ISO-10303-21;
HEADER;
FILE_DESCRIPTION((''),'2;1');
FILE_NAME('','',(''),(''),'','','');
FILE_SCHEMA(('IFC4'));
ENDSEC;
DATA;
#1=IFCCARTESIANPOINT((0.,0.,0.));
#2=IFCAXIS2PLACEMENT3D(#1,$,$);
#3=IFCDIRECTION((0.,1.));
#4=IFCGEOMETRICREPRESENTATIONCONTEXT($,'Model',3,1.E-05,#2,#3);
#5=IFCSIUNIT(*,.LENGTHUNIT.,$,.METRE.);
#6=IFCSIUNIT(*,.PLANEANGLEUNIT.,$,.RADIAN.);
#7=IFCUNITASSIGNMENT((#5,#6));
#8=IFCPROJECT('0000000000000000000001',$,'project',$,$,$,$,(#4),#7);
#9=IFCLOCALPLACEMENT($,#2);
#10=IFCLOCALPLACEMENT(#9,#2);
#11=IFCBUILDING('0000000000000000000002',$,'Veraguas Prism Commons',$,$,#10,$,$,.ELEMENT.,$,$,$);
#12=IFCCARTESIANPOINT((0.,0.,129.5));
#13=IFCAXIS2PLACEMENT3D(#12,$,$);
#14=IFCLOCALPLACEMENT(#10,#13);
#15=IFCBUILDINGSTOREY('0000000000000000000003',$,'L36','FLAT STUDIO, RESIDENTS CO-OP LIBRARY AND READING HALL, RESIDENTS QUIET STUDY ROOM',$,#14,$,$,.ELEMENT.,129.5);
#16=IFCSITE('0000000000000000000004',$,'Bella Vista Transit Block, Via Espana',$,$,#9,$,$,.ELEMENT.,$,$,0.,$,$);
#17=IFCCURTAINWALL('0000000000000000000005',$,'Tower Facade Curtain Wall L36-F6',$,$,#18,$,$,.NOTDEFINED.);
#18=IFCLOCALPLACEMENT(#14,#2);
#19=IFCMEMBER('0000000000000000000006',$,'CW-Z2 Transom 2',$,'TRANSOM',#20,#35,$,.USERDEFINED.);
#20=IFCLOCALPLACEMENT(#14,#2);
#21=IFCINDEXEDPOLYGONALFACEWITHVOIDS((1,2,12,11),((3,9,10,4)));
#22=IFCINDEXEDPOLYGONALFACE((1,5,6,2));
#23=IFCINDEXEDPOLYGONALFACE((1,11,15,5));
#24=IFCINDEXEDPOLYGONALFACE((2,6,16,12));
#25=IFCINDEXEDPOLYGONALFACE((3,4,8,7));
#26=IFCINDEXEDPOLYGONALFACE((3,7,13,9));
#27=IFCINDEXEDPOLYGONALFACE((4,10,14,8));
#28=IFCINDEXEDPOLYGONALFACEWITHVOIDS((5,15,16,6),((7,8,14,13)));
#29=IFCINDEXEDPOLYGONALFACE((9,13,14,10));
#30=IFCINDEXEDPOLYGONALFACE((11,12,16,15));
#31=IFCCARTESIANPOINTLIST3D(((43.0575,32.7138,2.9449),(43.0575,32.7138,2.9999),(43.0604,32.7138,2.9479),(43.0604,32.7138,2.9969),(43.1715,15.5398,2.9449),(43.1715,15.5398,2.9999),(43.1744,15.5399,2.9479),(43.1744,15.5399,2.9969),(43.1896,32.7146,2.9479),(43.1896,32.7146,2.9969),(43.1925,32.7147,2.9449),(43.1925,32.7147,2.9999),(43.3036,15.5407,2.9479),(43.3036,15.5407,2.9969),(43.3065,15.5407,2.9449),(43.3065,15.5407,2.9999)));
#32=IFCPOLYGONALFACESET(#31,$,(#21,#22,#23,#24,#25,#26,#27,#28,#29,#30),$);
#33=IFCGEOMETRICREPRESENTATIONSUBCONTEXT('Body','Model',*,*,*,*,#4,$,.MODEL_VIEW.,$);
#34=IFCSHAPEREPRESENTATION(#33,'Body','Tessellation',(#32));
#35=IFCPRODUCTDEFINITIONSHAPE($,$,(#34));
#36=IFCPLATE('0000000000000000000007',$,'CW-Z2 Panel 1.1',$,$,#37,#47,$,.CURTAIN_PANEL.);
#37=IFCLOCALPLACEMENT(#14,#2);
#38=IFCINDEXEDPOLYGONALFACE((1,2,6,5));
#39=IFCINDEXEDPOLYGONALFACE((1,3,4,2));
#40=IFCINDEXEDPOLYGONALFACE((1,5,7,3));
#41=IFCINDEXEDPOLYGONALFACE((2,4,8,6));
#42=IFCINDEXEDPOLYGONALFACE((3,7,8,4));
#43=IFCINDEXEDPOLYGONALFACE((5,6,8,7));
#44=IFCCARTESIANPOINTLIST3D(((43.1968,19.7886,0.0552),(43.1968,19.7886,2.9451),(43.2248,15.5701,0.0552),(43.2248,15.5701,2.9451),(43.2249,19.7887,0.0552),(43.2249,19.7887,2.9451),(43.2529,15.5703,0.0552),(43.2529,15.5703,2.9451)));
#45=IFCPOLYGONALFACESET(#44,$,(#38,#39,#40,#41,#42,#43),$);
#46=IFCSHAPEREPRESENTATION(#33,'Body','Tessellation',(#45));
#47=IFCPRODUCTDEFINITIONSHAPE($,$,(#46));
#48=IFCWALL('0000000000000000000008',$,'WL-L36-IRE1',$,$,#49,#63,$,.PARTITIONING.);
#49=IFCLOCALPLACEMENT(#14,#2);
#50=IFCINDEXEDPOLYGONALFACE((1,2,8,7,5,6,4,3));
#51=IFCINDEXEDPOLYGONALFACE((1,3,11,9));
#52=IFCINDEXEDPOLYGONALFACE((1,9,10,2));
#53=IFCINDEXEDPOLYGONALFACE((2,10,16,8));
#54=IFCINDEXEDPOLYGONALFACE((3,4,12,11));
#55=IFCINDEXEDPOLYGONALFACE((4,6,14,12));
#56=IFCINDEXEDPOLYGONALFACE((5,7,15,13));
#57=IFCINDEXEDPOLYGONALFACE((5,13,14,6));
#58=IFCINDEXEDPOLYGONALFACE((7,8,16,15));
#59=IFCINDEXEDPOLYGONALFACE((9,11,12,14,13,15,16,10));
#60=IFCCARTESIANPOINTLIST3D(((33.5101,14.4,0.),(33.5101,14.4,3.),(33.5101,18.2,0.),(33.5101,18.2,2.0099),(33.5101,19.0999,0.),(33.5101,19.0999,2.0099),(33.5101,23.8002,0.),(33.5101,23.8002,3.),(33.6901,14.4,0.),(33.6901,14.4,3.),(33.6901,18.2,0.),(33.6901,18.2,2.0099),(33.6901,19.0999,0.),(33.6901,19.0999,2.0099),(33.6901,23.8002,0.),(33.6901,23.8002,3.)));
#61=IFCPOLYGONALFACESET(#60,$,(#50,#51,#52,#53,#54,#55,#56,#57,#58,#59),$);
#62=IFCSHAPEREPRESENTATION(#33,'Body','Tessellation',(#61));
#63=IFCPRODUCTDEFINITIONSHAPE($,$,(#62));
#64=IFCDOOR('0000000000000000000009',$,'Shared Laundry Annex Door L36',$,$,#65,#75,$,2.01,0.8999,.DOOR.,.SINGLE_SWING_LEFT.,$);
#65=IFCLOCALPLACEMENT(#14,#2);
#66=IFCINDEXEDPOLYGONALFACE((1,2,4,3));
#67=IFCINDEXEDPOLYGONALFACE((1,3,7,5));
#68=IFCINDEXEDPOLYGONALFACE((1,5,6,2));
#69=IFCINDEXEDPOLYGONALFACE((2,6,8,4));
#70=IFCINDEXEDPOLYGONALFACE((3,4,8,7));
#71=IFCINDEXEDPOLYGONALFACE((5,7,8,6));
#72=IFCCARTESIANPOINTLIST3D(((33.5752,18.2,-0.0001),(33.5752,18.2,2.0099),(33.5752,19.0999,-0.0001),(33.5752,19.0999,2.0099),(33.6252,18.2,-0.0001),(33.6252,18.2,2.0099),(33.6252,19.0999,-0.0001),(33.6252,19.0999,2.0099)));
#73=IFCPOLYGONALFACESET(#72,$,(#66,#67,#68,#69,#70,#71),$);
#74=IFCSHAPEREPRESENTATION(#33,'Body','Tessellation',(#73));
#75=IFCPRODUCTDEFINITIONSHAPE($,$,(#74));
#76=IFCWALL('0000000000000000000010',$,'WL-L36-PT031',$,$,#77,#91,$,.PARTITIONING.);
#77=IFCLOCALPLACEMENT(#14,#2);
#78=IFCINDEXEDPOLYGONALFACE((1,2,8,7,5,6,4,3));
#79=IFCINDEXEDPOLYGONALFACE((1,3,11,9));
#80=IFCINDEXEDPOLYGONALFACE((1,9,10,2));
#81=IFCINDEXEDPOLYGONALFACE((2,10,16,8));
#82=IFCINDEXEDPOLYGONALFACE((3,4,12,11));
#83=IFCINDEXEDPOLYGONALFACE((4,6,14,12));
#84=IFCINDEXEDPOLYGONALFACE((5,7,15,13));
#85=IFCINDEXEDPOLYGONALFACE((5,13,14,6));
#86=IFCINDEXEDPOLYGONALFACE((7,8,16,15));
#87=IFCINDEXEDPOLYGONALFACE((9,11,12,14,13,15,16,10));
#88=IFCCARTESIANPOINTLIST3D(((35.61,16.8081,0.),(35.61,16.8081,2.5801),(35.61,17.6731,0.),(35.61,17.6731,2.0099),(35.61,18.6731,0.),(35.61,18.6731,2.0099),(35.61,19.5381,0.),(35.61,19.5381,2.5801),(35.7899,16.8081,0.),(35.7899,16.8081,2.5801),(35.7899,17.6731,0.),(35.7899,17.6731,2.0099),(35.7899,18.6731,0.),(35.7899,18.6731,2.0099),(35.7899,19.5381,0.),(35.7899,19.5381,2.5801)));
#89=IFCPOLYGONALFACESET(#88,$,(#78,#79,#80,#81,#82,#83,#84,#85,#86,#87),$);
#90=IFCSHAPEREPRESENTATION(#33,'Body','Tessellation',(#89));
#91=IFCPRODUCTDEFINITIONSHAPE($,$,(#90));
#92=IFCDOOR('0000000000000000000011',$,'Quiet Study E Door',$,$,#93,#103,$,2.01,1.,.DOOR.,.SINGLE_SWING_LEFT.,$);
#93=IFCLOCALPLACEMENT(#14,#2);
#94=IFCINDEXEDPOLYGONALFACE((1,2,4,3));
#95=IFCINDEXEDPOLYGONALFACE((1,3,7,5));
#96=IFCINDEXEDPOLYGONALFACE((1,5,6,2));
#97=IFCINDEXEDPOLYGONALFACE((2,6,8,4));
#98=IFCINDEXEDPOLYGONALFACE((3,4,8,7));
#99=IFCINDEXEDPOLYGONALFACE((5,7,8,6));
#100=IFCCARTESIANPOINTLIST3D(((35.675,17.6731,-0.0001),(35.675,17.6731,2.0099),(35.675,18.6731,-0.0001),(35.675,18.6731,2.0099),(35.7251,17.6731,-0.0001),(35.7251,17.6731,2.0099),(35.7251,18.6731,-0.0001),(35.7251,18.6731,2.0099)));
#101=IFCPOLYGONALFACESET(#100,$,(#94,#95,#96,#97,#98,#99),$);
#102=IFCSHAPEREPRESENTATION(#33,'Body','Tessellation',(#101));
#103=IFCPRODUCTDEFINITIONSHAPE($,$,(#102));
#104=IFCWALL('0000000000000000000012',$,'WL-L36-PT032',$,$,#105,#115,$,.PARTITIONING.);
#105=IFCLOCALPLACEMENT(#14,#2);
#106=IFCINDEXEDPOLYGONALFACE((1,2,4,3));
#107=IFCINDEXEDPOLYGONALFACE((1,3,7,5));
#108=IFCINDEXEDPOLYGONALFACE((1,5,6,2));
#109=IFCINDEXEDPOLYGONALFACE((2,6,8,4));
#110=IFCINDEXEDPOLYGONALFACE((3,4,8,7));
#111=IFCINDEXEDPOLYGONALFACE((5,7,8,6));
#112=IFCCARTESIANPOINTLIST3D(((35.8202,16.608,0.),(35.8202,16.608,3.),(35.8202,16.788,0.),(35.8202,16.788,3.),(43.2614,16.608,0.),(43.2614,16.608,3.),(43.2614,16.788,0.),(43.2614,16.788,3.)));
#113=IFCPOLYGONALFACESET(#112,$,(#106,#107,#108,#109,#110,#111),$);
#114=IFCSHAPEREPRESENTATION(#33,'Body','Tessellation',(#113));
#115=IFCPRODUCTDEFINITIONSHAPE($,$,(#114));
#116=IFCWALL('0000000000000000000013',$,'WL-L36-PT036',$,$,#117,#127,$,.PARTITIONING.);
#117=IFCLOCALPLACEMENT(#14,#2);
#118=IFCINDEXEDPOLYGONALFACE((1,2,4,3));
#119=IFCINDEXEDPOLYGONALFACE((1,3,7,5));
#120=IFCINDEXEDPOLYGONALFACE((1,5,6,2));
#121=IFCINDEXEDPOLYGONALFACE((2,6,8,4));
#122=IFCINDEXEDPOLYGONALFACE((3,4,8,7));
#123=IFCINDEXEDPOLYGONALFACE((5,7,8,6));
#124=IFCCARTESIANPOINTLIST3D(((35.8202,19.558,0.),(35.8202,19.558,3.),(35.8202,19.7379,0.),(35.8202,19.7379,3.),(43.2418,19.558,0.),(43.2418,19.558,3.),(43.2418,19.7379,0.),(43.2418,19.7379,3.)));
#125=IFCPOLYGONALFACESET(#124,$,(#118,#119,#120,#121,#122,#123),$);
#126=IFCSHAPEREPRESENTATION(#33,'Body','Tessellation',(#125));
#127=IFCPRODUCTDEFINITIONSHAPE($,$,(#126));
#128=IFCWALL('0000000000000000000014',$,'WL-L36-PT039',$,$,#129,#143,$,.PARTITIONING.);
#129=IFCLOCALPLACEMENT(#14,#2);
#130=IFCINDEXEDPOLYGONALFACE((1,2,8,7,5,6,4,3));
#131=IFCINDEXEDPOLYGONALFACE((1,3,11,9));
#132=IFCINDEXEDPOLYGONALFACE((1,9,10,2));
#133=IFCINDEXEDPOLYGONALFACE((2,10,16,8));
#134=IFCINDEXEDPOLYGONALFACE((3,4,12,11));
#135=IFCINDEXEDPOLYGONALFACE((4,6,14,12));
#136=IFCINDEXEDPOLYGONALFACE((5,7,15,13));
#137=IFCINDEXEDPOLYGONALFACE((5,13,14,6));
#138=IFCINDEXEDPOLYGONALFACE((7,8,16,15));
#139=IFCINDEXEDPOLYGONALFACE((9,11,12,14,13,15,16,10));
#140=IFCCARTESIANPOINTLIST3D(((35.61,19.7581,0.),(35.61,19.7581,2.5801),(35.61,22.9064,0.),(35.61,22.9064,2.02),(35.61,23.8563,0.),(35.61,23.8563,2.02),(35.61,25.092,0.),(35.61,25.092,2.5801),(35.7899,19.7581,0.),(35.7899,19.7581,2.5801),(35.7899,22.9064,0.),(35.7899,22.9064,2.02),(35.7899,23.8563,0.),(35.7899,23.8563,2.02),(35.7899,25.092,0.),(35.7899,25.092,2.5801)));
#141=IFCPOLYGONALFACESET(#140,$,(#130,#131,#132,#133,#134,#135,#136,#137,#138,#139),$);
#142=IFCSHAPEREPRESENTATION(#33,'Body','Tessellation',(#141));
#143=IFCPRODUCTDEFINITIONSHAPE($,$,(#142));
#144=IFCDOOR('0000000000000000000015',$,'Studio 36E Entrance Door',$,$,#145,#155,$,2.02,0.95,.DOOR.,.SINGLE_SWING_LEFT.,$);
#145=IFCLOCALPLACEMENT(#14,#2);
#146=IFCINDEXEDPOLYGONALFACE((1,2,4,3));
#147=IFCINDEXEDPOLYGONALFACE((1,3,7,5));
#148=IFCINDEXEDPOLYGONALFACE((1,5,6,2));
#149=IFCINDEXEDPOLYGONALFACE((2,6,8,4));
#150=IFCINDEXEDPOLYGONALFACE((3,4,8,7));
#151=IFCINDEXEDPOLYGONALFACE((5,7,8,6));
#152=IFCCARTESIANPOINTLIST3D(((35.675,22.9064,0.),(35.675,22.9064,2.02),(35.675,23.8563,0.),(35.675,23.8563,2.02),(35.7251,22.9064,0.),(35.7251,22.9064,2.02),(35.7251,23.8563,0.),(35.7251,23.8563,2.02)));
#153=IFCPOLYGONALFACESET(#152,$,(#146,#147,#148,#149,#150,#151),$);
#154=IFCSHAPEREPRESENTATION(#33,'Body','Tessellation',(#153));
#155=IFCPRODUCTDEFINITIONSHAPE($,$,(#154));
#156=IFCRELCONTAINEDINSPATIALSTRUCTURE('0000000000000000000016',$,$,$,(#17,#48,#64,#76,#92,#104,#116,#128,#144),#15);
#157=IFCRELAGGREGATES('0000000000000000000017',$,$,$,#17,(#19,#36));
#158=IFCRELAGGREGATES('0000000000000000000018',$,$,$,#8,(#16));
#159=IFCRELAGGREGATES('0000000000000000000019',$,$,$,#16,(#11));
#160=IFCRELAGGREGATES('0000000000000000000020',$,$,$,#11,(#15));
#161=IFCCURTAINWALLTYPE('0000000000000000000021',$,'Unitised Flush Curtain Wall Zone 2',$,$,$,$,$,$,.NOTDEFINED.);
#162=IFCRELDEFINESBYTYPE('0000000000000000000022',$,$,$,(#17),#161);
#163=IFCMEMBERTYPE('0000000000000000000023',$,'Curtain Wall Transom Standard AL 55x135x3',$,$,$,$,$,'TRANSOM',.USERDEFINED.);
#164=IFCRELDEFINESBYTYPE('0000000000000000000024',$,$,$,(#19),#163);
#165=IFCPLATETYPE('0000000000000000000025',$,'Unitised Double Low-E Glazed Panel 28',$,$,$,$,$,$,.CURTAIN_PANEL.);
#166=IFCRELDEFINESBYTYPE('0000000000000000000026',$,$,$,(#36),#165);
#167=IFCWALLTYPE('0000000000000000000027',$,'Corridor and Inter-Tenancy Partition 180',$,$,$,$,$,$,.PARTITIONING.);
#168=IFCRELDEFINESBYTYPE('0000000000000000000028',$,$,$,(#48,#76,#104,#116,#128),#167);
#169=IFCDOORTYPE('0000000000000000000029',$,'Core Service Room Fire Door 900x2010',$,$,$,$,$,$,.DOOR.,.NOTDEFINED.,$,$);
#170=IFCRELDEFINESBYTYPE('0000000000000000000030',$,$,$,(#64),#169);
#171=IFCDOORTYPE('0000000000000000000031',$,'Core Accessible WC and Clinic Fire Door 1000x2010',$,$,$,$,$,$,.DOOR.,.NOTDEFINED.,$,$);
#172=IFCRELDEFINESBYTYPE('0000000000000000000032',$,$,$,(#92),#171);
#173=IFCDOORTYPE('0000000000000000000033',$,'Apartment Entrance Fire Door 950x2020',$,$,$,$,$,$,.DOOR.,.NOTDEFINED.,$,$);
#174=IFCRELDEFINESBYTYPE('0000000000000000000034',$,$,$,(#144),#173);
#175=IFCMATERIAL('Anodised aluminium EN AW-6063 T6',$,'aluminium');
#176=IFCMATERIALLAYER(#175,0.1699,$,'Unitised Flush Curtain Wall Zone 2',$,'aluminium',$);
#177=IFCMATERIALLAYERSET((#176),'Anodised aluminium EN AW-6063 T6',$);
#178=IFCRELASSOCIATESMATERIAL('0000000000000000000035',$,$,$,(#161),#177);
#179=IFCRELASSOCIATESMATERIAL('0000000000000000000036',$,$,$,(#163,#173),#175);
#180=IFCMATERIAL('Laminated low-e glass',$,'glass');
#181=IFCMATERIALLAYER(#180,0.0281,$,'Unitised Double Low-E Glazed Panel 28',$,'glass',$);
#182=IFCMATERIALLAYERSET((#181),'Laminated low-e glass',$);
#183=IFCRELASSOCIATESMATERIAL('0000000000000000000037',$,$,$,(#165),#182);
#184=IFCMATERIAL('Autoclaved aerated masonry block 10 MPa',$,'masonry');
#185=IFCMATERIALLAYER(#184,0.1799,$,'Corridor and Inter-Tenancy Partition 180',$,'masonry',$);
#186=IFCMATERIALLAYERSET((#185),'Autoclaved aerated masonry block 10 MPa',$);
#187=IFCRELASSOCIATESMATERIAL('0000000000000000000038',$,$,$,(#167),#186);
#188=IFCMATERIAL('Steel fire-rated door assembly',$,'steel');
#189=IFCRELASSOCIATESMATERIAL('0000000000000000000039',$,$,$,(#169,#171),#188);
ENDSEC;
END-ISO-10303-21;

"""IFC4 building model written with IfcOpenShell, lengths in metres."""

from ifc_helpers import new_model, si_unit, direction, frame, frame_2d, origin, origin_2d, place, context, subcontext, project, spatial, rectangle, hollow_rectangle, extrude, source, transform, mapped, material, layer, layer_set, material_profile, profile_set, type_object, element, fill, aggregate, save


model = new_model("IFC4")

# Units and contexts
model_context = context("Model", 3, precision=1e-05, world=origin(), true_north=direction((0.0, 1.0)))
body_context = subcontext(model_context, "Body", "Model", "MODEL_VIEW")
ifc_project = project(units=[si_unit("LENGTHUNIT", "METRE"), si_unit("PLANEANGLEUNIT", "RADIAN")], contexts=[model_context])

# Site, building, storey
site_placement = place(None, origin())
site = spatial("IfcSite", under=ifc_project, at=site_placement, Name="Bella Vista Transit Block, Via Espana", CompositionType="ELEMENT", RefElevation=0.0)
building_placement = place(site_placement, origin())
building = spatial("IfcBuilding", under=site, at=building_placement, Name="Veraguas Prism Commons", CompositionType="ELEMENT")
storey_placement = place(building_placement, frame((0.0, 0.0, 129.5)))
storey = spatial("IfcBuildingStorey", under=building, at=storey_placement, Name="L36", Description="FLAT STUDIO, RESIDENTS CO-OP LIBRARY AND READING HALL, RESIDENTS QUIET STUDY ROOM", CompositionType="ELEMENT", Elevation=129.5)

# Curtain wall
ifc_material_1 = material(Name="Anodised aluminium EN AW-6063 T6", Category="aluminium")
ifc_layer_1 = layer(ifc_material_1, 0.1699, Name="Unitised Flush Curtain Wall Zone 2", Category="aluminium")
ifc_layer_set_1 = layer_set([ifc_layer_1], Name="Anodised aluminium EN AW-6063 T6")
curtain_wall_type = type_object("IfcCurtainWallType", Name="Unitised Flush Curtain Wall Zone 2", PredefinedType="NOTDEFINED", material=ifc_layer_set_1)
curtain_wall_1_placement = place(storey_placement, origin())
curtain_wall_1 = element("IfcCurtainWall", 1, at=curtain_wall_1_placement, inside=storey, type_object=curtain_wall_type, Name="Tower Facade Curtain Wall L36-F6", PredefinedType="NOTDEFINED")

# Member
ifc_material_profile_1 = material_profile(ifc_material_1, hollow_rectangle(XDim=0.0549, YDim=0.135, WallThickness=0.0029, at=origin_2d()), Name="AL55X135X3")
ifc_profile_set_1 = profile_set([ifc_material_profile_1], Name="Anodised aluminium EN AW-6063 T6")
member_type_1 = type_object("IfcMemberType", Name="Curtain Wall Transom Standard AL 55x135x3", ElementType="TRANSOM", PredefinedType="USERDEFINED", material=ifc_profile_set_1)
shared_shape_1 = source(origin(), body_context, "Body", "SweptSolid", [
    extrude(hollow_rectangle(XDim=0.0549, YDim=0.135, WallThickness=0.0029, at=origin_2d()), origin(), (0.0, 0.0, 1.0), 17.1743),
])
member_1_placement = place(storey_placement, frame((43.239, 15.5403, 2.9724), z_axis=(-0.006639, 0.999978, 0.0), x_axis=(0.0, 0.0, 1.0)))
member_1 = element("IfcMember", 2, at=member_1_placement, type_object=member_type_1, Name="CW-Z2 Transom 2", ObjectType="TRANSOM", PredefinedType="USERDEFINED", context=body_context, shape_type="MappedRepresentation", body=[
    mapped(shared_shape_1, transform((0.0, 0.0, 0.0), scale=1.0)),
])

# Plate
ifc_material_2 = material(Name="Laminated low-e glass", Category="glass")
ifc_layer_2 = layer(ifc_material_2, 0.0281, Name="Unitised Double Low-E Glazed Panel 28", Category="glass")
ifc_layer_set_2 = layer_set([ifc_layer_2], Name="Laminated low-e glass")
plate_type = type_object("IfcPlateType", Name="Unitised Double Low-E Glazed Panel 28", PredefinedType="CURTAIN_PANEL", material=ifc_layer_set_2)
shared_shape_2 = source(origin(), body_context, "Body", "SweptSolid", [
    extrude(rectangle(XDim=4.2185, YDim=0.0281, at=origin_2d()), origin(), (0.0, 0.0, 1.0), 2.8899),
])
plate_placement = place(storey_placement, frame((43.2249, 17.6794, 0.0552), z_axis=(0.0, 0.0, 1.0), x_axis=(-0.006632, 0.999978, 0.0)))
plate = element("IfcPlate", 3, at=plate_placement, type_object=plate_type, Name="CW-Z2 Panel 1.1", PredefinedType="CURTAIN_PANEL", context=body_context, shape_type="MappedRepresentation", body=[
    mapped(shared_shape_2, transform((0.0, 0.0, 0.0), scale=1.0)),
])
aggregate(curtain_wall_1, [member_1, plate])

# Walls, openings, doors
ifc_material_3 = material(Name="Autoclaved aerated masonry block 10 MPa", Category="masonry")
ifc_layer_3 = layer(ifc_material_3, 0.1799, Name="Corridor and Inter-Tenancy Partition 180", Category="masonry")
ifc_layer_set_3 = layer_set([ifc_layer_3], Name="Autoclaved aerated masonry block 10 MPa")
wall_type_1 = type_object("IfcWallType", Name="Corridor and Inter-Tenancy Partition 180", PredefinedType="PARTITIONING", material=ifc_layer_set_3)
wall_1_placement = place(storey_placement, frame((33.6001, 14.3999, 0.0), z_axis=(0.0, 0.0, 1.0), x_axis=(0.0, 1.0, 0.0)))
wall_1 = element("IfcWall", 4, at=wall_1_placement, inside=storey, type_object=wall_type_1, Name="WL-L36-IRE1", PredefinedType="PARTITIONING", context=body_context, shape_type="SweptSolid", body=[
    extrude(rectangle(XDim=9.4001, YDim=0.1799, at=frame_2d((4.7002, 0.0))), origin(), (0.0, 0.0, 1.0), 3.0),
])
opening_1_placement = place(wall_1_placement, frame((3.8, 0.0, 0.0)))
opening_1 = element("IfcOpeningElement", 5, at=opening_1_placement, cuts=wall_1, PredefinedType="OPENING", context=body_context, shape_type="SweptSolid", body=[
    extrude(rectangle(XDim=0.8999, YDim=2.01, at=frame_2d((0.45, 1.0049))), frame((0.0, 0.0999, 0.0), z_axis=(0.0, -1.0, 0.0), x_axis=(1.0, 0.0, 0.0)), (0.0, 0.0, 1.0), 0.2),
])
ifc_material_4 = material(Name="Steel fire-rated door assembly", Category="steel")
door_type_1 = type_object("IfcDoorType", Name="Core Service Room Fire Door 900x2010", OperationType="NOTDEFINED", PredefinedType="DOOR", material=ifc_material_4)
shared_shape_3 = source(origin(), body_context, "Body", "SweptSolid", [
    extrude(rectangle(XDim=0.8999, YDim=2.01, at=frame_2d((0.45, 1.0049))), frame((0.0, 0.0249, 0.0), z_axis=(0.0, -1.0, 0.0), x_axis=(1.0, 0.0, 0.0)), (0.0, 0.0, 1.0), 0.05),
])
door_1_placement = place(opening_1_placement, origin())
door_1 = element("IfcDoor", 6, at=door_1_placement, inside=storey, type_object=door_type_1, Name="Shared Laundry Annex Door L36", OperationType="SINGLE_SWING_LEFT", OverallHeight=2.01, OverallWidth=0.8999, PredefinedType="DOOR", context=body_context, shape_type="MappedRepresentation", body=[
    mapped(shared_shape_3, transform((0.0, 0.0, 0.0), scale=1.0)),
])
fill(opening_1, door_1)
wall_2_placement = place(storey_placement, frame((35.7, 16.8081, 0.0), z_axis=(0.0, 0.0, 1.0), x_axis=(0.0, 1.0, 0.0)))
wall_2 = element("IfcWall", 7, at=wall_2_placement, inside=storey, type_object=wall_type_1, Name="WL-L36-PT031", PredefinedType="PARTITIONING", context=body_context, shape_type="SweptSolid", body=[
    extrude(rectangle(XDim=2.73, YDim=0.1799, at=frame_2d((1.365, 0.0))), origin(), (0.0, 0.0, 1.0), 2.5801),
])
opening_2_placement = place(wall_2_placement, frame((0.865, 0.0, 0.0)))
opening_2 = element("IfcOpeningElement", 8, at=opening_2_placement, cuts=wall_2, PredefinedType="OPENING", context=body_context, shape_type="SweptSolid", body=[
    extrude(rectangle(XDim=1.0, YDim=2.01, at=frame_2d((0.5, 1.0049))), frame((0.0, 0.0999, 0.0), z_axis=(0.0, -1.0, 0.0), x_axis=(1.0, 0.0, 0.0)), (0.0, 0.0, 1.0), 0.2),
])
door_type_2 = type_object("IfcDoorType", Name="Core Accessible WC and Clinic Fire Door 1000x2010", OperationType="NOTDEFINED", PredefinedType="DOOR", material=ifc_material_4)
shared_shape_4 = source(origin(), body_context, "Body", "SweptSolid", [
    extrude(rectangle(XDim=1.0, YDim=2.01, at=frame_2d((0.5, 1.0049))), frame((0.0, 0.0249, 0.0), z_axis=(0.0, -1.0, 0.0), x_axis=(1.0, 0.0, 0.0)), (0.0, 0.0, 1.0), 0.05),
])
door_2_placement = place(opening_2_placement, origin())
door_2 = element("IfcDoor", 9, at=door_2_placement, inside=storey, type_object=door_type_2, Name="Quiet Study E Door", OperationType="SINGLE_SWING_LEFT", OverallHeight=2.01, OverallWidth=1.0, PredefinedType="DOOR", context=body_context, shape_type="MappedRepresentation", body=[
    mapped(shared_shape_4, transform((0.0, 0.0, 0.0), scale=1.0)),
])
fill(opening_2, door_2)

# Walls
wall_3_placement = place(storey_placement, frame((35.8201, 16.698, 0.0), z_axis=(0.0, 0.0, 1.0), x_axis=(1.0, 0.0, 0.0)))
element("IfcWall", 10, at=wall_3_placement, inside=storey, type_object=wall_type_1, Name="WL-L36-PT032", PredefinedType="PARTITIONING", context=body_context, shape_type="SweptSolid", body=[
    extrude(rectangle(XDim=7.4412, YDim=0.1799, at=frame_2d((3.7207, 0.0))), origin(), (0.0, 0.0, 1.0), 3.0),
])
wall_4_placement = place(storey_placement, frame((35.8201, 19.6479, 0.0), z_axis=(0.0, 0.0, 1.0), x_axis=(1.0, 0.0, 0.0)))
element("IfcWall", 11, at=wall_4_placement, inside=storey, type_object=wall_type_1, Name="WL-L36-PT036", PredefinedType="PARTITIONING", context=body_context, shape_type="SweptSolid", body=[
    extrude(rectangle(XDim=7.4216, YDim=0.1799, at=frame_2d((3.7109, 0.0))), origin(), (0.0, 0.0, 1.0), 3.0),
])

# Wall, opening, door
wall_5_placement = place(storey_placement, frame((35.7, 19.7581, 0.0), z_axis=(0.0, 0.0, 1.0), x_axis=(0.0, 1.0, 0.0)))
wall_5 = element("IfcWall", 12, at=wall_5_placement, inside=storey, type_object=wall_type_1, Name="WL-L36-PT039", PredefinedType="PARTITIONING", context=body_context, shape_type="SweptSolid", body=[
    extrude(rectangle(XDim=5.334, YDim=0.1799, at=frame_2d((2.667, 0.0))), origin(), (0.0, 0.0, 1.0), 2.5801),
])
opening_3_placement = place(wall_5_placement, frame((3.1482, 0.0, 0.0)))
opening_3 = element("IfcOpeningElement", 13, at=opening_3_placement, cuts=wall_5, PredefinedType="OPENING", context=body_context, shape_type="SweptSolid", body=[
    extrude(rectangle(XDim=0.95, YDim=2.02, at=frame_2d((0.4751, 1.01))), frame((0.0, 0.0999, 0.0), z_axis=(0.0, -1.0, 0.0), x_axis=(1.0, 0.0, 0.0)), (0.0, 0.0, 1.0), 0.2),
])
door_type_3 = type_object("IfcDoorType", Name="Apartment Entrance Fire Door 950x2020", OperationType="NOTDEFINED", PredefinedType="DOOR", material=ifc_material_1)
shared_shape_5 = source(origin(), body_context, "Body", "SweptSolid", [
    extrude(rectangle(XDim=0.95, YDim=2.02, at=frame_2d((0.4751, 1.01))), frame((0.0, 0.0249, 0.0), z_axis=(0.0, -1.0, 0.0), x_axis=(1.0, 0.0, 0.0)), (0.0, 0.0, 1.0), 0.05),
])
door_3_placement = place(opening_3_placement, origin())
door_3 = element("IfcDoor", 14, at=door_3_placement, inside=storey, type_object=door_type_3, Name="Studio 36E Entrance Door", OperationType="SINGLE_SWING_LEFT", OverallHeight=2.02, OverallWidth=0.95, PredefinedType="DOOR", context=body_context, shape_type="MappedRepresentation", body=[
    mapped(shared_shape_5, transform((0.0, 0.0, 0.0), scale=1.0)),
])
fill(opening_3, door_3)

save(model, "model.ifc")
